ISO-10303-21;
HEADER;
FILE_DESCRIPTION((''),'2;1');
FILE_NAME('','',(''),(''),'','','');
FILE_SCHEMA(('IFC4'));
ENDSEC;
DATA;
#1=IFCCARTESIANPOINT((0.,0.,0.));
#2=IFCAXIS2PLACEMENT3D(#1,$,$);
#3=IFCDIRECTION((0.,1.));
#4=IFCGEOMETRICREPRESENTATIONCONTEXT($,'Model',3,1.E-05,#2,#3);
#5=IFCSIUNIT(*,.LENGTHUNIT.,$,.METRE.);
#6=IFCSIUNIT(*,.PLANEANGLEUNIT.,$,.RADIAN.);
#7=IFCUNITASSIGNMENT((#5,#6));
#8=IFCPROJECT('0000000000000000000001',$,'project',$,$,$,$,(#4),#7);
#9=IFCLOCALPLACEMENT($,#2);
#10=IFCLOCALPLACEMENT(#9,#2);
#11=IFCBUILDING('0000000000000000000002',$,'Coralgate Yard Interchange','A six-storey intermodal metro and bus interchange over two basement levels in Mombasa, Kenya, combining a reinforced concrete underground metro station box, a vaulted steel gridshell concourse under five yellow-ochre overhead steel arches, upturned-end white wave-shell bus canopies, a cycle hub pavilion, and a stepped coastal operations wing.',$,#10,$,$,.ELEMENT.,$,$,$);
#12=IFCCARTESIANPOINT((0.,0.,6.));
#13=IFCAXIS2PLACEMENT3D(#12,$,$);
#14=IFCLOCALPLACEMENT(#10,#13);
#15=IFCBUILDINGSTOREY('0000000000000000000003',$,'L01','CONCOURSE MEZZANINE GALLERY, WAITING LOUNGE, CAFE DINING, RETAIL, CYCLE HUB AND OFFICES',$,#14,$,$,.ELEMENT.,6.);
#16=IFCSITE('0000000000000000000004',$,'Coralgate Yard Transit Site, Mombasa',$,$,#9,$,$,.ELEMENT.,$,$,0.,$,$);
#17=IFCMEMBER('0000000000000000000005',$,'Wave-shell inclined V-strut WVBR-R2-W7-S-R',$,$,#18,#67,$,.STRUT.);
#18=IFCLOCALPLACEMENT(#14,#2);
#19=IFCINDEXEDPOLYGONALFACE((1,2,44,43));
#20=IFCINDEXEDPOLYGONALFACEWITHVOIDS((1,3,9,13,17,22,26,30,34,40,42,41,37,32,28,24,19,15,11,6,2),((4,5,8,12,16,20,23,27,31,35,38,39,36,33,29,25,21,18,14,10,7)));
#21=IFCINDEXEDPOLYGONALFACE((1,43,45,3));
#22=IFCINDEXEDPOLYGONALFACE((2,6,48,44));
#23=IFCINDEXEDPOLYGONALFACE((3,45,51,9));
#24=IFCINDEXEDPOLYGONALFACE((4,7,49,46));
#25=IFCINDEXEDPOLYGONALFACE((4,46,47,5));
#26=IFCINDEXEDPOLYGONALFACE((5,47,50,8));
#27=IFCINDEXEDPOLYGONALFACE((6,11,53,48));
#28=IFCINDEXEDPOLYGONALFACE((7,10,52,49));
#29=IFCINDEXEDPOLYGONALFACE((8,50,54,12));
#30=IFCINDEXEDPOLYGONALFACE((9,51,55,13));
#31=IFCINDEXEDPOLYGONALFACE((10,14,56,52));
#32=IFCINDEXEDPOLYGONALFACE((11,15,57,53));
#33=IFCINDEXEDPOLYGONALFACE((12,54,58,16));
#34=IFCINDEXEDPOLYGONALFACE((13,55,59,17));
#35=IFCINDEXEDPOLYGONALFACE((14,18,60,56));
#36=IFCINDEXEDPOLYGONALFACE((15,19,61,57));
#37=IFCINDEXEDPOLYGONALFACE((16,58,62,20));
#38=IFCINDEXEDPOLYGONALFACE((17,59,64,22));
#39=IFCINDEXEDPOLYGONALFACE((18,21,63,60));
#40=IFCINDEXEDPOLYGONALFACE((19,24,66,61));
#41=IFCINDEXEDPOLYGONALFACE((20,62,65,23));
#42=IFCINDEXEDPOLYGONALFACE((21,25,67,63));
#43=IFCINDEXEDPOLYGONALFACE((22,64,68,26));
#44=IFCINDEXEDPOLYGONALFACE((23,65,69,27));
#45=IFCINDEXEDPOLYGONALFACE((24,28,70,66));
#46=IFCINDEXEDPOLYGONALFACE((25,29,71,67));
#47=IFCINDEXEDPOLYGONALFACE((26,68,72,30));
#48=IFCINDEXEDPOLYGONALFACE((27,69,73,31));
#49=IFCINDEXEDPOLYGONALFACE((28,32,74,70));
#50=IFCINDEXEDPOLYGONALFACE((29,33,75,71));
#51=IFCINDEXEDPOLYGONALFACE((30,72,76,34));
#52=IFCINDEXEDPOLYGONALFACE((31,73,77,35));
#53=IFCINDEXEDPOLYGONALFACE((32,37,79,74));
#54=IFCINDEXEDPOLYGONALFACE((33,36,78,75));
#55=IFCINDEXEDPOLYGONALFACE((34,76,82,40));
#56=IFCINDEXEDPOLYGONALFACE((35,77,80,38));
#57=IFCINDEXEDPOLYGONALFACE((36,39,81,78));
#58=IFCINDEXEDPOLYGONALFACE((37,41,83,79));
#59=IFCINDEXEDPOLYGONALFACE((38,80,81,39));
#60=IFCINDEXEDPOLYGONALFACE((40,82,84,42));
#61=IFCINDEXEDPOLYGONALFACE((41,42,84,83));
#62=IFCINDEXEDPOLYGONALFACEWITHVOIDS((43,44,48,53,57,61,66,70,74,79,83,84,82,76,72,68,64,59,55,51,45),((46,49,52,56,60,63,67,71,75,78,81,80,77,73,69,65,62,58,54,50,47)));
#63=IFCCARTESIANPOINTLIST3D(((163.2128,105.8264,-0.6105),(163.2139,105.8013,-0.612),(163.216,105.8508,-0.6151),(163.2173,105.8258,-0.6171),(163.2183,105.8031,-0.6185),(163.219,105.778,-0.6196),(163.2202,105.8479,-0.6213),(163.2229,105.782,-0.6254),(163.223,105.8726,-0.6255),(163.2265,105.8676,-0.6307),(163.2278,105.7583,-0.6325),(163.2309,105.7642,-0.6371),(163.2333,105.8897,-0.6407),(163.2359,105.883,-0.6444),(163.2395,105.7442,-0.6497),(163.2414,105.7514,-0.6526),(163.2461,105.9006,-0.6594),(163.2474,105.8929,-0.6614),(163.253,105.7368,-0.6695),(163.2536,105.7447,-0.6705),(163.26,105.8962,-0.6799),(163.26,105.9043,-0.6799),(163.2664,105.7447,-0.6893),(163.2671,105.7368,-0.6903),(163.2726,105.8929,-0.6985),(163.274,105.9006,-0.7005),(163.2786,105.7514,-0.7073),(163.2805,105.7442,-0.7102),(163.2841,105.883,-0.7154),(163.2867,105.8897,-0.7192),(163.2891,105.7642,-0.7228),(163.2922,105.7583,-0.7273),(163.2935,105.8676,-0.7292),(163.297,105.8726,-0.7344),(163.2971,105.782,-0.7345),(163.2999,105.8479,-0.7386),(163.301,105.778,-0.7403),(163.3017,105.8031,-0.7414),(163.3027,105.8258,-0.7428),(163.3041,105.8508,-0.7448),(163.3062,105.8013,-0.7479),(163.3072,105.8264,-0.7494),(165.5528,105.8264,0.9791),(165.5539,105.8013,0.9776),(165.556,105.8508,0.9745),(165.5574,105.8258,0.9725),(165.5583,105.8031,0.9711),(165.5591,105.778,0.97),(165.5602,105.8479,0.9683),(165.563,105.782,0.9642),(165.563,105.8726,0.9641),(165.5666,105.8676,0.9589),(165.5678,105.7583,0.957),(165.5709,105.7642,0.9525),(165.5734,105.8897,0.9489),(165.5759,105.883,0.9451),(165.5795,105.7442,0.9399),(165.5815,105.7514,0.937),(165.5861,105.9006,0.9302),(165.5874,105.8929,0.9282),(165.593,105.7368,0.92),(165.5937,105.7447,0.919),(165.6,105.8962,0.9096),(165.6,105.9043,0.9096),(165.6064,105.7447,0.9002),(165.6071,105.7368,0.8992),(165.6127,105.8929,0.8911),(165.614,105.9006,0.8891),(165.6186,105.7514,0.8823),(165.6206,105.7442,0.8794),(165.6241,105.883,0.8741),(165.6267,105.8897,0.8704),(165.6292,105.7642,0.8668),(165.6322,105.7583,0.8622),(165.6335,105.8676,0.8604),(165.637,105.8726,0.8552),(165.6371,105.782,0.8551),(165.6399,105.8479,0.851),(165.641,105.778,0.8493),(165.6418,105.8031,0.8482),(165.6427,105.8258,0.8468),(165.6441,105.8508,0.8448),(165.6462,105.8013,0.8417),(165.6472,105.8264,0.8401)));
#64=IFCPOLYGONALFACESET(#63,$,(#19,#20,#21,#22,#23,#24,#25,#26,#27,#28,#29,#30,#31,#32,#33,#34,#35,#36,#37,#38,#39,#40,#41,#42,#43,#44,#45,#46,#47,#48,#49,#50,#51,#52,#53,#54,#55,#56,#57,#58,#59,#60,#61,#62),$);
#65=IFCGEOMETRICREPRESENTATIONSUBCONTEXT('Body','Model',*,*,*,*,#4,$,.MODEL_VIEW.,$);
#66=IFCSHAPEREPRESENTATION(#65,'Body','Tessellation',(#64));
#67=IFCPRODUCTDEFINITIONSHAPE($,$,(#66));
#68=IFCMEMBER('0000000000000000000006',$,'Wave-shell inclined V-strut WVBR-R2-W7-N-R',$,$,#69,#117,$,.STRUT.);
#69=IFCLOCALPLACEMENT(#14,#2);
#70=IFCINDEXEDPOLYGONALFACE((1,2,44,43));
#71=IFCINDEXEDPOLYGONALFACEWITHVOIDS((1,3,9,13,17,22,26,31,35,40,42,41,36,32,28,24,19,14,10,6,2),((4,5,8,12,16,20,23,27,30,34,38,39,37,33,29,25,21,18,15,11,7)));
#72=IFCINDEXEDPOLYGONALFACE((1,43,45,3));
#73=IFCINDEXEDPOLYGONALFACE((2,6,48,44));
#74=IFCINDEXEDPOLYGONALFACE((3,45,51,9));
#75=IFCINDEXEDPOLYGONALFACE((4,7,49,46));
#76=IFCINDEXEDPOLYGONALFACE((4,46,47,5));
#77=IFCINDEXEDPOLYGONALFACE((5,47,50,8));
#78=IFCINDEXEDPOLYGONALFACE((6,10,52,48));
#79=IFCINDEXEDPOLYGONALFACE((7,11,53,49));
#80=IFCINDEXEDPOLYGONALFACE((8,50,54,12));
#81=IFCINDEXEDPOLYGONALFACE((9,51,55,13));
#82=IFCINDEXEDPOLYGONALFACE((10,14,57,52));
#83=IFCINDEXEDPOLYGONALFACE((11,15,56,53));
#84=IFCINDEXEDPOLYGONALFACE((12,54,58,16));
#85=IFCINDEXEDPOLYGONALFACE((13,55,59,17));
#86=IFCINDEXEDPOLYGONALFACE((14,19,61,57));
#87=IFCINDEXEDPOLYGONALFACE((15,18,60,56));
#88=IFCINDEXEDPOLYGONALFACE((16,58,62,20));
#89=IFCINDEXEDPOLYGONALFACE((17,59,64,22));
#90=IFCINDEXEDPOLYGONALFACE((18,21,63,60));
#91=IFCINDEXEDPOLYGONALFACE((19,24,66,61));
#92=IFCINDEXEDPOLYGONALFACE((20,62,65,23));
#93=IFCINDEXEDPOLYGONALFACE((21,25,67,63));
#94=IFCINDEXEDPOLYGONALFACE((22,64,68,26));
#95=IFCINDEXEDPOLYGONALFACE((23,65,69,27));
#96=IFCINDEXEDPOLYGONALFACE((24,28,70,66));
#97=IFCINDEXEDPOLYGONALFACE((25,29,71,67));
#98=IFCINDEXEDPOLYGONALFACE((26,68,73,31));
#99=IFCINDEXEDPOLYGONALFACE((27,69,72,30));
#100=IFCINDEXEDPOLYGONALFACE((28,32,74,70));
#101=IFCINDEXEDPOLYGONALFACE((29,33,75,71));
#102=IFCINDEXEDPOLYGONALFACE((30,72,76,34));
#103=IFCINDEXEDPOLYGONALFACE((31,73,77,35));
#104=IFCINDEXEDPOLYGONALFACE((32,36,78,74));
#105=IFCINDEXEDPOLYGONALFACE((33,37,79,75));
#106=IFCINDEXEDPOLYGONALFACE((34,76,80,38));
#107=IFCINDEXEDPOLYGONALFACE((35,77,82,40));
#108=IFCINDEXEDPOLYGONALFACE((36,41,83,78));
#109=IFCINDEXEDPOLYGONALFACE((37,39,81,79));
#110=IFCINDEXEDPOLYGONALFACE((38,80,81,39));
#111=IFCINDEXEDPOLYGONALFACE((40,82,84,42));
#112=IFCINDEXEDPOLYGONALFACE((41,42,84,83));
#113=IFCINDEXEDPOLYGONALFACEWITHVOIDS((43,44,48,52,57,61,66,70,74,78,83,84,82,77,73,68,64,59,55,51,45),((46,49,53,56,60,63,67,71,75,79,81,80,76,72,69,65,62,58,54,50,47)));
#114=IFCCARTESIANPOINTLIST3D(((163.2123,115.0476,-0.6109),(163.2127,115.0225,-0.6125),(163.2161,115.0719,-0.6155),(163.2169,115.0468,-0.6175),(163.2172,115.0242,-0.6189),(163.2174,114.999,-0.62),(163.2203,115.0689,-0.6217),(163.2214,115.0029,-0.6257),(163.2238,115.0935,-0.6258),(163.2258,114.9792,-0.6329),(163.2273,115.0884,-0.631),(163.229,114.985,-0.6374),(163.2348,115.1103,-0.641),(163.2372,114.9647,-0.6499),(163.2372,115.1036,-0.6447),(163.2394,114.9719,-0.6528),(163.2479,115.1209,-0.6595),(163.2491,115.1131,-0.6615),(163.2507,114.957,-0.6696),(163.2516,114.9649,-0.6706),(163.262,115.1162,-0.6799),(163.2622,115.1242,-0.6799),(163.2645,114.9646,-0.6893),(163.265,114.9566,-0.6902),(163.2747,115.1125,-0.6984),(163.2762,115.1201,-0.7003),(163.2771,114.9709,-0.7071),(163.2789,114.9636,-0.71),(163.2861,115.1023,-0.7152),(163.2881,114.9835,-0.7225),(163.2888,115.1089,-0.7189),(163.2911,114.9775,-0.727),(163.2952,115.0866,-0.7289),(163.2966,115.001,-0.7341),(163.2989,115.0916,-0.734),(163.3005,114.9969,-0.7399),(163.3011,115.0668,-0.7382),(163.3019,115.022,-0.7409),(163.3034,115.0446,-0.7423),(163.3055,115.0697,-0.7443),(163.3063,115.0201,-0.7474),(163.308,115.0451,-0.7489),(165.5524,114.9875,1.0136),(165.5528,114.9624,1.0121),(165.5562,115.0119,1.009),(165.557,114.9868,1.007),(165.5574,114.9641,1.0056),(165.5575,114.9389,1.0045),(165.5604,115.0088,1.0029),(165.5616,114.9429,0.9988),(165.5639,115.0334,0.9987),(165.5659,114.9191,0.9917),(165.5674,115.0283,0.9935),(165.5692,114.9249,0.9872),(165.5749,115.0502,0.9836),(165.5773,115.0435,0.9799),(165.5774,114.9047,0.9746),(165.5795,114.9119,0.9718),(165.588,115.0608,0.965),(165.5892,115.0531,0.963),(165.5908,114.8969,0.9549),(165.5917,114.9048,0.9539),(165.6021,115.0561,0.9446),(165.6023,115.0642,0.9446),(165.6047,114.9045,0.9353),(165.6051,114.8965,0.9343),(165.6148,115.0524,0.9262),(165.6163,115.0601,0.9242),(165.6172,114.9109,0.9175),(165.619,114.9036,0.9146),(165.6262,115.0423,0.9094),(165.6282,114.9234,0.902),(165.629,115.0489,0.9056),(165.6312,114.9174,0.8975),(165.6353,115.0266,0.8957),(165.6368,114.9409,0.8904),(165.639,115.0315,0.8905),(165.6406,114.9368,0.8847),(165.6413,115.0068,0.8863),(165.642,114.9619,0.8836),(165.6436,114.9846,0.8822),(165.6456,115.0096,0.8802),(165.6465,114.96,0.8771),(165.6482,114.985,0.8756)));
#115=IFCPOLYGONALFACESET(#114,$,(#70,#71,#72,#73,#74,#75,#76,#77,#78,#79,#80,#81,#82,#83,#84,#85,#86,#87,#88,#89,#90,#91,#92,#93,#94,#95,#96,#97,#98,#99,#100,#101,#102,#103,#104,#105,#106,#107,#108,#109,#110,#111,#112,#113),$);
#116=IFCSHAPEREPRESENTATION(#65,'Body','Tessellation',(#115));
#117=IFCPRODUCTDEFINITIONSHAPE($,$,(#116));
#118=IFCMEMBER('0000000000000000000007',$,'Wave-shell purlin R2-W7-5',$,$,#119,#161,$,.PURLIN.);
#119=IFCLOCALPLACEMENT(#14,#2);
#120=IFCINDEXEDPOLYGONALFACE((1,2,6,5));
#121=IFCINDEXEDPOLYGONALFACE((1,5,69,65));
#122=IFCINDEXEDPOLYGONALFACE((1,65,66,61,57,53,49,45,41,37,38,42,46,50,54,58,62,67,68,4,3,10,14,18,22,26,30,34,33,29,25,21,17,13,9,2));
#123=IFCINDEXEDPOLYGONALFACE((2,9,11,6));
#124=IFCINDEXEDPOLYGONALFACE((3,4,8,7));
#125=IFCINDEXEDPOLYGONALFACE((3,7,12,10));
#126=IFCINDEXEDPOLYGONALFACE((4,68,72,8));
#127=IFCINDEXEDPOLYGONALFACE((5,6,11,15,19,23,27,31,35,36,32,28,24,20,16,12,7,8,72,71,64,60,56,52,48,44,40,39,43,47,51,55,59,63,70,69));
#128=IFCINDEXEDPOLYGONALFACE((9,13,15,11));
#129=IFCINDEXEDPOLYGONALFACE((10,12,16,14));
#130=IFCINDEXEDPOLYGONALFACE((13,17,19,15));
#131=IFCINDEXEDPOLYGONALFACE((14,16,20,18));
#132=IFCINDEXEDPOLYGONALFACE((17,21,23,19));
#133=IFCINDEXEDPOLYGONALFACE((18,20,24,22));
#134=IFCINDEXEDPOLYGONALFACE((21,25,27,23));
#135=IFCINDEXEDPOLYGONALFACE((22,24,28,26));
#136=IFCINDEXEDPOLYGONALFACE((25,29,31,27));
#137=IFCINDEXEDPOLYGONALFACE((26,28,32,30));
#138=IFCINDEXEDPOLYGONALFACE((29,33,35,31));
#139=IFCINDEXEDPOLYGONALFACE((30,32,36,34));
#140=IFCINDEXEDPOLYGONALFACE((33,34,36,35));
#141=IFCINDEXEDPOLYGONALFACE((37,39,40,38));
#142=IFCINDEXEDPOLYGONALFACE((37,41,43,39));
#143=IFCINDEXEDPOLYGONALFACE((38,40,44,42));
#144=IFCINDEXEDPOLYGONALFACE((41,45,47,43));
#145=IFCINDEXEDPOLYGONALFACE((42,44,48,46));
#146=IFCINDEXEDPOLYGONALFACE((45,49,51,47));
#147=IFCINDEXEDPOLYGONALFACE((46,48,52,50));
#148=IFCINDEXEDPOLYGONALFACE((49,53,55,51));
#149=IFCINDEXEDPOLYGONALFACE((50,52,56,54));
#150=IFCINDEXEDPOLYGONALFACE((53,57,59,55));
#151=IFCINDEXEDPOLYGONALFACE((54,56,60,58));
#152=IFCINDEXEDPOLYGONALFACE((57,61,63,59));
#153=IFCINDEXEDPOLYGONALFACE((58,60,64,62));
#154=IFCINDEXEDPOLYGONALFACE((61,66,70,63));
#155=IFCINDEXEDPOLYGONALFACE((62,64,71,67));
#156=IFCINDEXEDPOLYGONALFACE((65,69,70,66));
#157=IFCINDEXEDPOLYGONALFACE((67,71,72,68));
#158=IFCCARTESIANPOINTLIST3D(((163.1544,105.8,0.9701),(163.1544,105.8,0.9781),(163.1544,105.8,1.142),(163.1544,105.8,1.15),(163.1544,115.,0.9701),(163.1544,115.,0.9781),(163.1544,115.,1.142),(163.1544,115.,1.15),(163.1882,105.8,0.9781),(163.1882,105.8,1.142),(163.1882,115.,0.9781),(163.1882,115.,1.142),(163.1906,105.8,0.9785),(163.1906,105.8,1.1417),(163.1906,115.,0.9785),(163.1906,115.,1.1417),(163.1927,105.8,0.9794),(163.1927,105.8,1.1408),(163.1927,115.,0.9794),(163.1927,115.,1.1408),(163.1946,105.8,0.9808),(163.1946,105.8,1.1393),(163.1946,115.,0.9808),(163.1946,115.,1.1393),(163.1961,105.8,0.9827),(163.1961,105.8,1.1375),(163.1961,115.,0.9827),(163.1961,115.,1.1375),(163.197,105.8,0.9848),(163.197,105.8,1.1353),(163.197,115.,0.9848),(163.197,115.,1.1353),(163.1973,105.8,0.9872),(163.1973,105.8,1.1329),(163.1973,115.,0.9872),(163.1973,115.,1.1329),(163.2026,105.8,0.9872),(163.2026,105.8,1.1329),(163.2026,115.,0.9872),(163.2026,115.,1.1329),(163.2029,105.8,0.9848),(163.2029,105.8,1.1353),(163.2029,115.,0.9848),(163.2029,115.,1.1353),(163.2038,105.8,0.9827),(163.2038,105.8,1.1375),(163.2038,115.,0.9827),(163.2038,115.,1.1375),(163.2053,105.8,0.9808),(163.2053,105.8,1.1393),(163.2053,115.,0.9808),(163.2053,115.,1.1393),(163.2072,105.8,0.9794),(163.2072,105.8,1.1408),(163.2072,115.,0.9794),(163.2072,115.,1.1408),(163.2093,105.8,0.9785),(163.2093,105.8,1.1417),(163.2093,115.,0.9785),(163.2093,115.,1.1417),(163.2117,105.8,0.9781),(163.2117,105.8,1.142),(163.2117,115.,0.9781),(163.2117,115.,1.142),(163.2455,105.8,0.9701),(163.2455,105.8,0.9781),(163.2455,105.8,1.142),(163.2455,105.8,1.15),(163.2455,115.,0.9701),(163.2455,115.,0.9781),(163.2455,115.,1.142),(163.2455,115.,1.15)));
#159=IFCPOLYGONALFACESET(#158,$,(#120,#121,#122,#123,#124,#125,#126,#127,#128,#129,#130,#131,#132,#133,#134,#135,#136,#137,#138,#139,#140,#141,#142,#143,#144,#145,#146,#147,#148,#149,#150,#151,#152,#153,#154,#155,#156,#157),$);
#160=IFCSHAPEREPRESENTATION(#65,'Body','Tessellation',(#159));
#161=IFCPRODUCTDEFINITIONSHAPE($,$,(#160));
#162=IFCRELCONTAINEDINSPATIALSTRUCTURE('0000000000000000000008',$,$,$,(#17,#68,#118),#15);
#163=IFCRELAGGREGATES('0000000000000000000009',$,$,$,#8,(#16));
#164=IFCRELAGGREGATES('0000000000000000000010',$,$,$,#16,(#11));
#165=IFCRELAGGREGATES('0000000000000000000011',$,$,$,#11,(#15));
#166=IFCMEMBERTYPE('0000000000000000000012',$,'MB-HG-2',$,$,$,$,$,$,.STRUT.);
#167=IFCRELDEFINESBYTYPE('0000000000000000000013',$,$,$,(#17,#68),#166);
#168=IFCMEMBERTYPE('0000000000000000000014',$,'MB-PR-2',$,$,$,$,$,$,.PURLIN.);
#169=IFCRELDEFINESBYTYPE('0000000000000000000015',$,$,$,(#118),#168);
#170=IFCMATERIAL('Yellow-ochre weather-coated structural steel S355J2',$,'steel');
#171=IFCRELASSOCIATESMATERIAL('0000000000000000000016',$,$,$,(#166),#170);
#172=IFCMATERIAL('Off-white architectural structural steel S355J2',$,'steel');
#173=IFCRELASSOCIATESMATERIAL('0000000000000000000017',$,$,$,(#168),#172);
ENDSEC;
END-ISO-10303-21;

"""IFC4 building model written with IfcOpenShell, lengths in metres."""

from ifc_helpers import new_model, si_unit, direction, frame, origin, origin_2d, place, context, subcontext, project, spatial, hollow_circle, i_section, extrude, material, material_profile, profile_set, type_object, element, save


model = new_model("IFC4")

# Units and contexts
model_context = context("Model", 3, precision=1e-05, world=origin(), true_north=direction((0.0, 1.0)))
body_context = subcontext(model_context, "Body", "Model", "MODEL_VIEW")
ifc_project = project(units=[si_unit("LENGTHUNIT", "METRE"), si_unit("PLANEANGLEUNIT", "RADIAN")], contexts=[model_context])

# Site, building, storey
site_placement = place(None, origin())
site = spatial("IfcSite", under=ifc_project, at=site_placement, Name="Coralgate Yard Transit Site, Mombasa", CompositionType="ELEMENT", RefElevation=0.0)
building_placement = place(site_placement, origin())
building = spatial("IfcBuilding", under=site, at=building_placement, Name="Coralgate Yard Interchange", Description="A six-storey intermodal metro and bus interchange over two basement levels in Mombasa, Kenya, combining a reinforced concrete underground metro station box, a vaulted steel gridshell concourse under five yellow-ochre overhead steel arches, upturned-end white wave-shell bus canopies, a cycle hub pavilion, and a stepped coastal operations wing.", CompositionType="ELEMENT")
storey_placement = place(building_placement, frame((0.0, 0.0, 6.0)))
storey = spatial("IfcBuildingStorey", under=building, at=storey_placement, Name="L01", Description="CONCOURSE MEZZANINE GALLERY, WAITING LOUNGE, CAFE DINING, RETAIL, CYCLE HUB AND OFFICES", CompositionType="ELEMENT", Elevation=6.0)

# Shared definitions
ifc_material_1 = material(Name="Off-white architectural structural steel S355J2", Category="steel")

# Members
ifc_material_2 = material(Name="Yellow-ochre weather-coated structural steel S355J2", Category="steel")
ifc_material_profile_1 = material_profile(ifc_material_2, hollow_circle(Radius=0.0842, WallThickness=0.0081, at=origin_2d()), Name="CHS 168.3x8")
ifc_profile_set_1 = profile_set([ifc_material_profile_1], Name="Yellow-ochre weather-coated structural steel S355J2")
member_type_1 = type_object("IfcMemberType", Name="MB-HG-2", PredefinedType="STRUT", material=ifc_profile_set_1)
member_1_placement = place(storey_placement, frame((163.26, 105.8201, -0.6799), z_axis=(0.827199, 0.0, 0.561909), x_axis=(0.0, 1.0, 0.0)))
element("IfcMember", 1, at=member_1_placement, inside=storey, type_object=member_type_1, Name="Wave-shell inclined V-strut WVBR-R2-W7-S-R", PredefinedType="STRUT", context=body_context, shape_type="SweptSolid", body=[
    extrude(hollow_circle(Radius=0.0842, WallThickness=0.0081, at=origin_2d()), origin(), (0.0, 0.0, 1.0), 2.8289),
])
member_2_placement = place(storey_placement, frame((163.26, 115.04, -0.6799), z_axis=(0.821278, -0.021078, 0.570139), x_axis=(0.025657, 0.999671, 0.0)))
element("IfcMember", 2, at=member_2_placement, inside=storey, type_object=member_type_1, Name="Wave-shell inclined V-strut WVBR-R2-W7-N-R", PredefinedType="STRUT", context=body_context, shape_type="SweptSolid", body=[
    extrude(hollow_circle(Radius=0.0842, WallThickness=0.0081, at=origin_2d()), origin(), (0.0, 0.0, 1.0), 2.8494),
])
ifc_material_profile_2 = material_profile(ifc_material_1, i_section(OverallWidth=0.0911, OverallDepth=0.1799, WebThickness=0.0054, FlangeThickness=0.0081, FilletRadius=0.009, at=origin_2d()), Name="IPE 180")
ifc_profile_set_2 = profile_set([ifc_material_profile_2], Name="Off-white architectural structural steel S355J2")
member_type_2 = type_object("IfcMemberType", Name="MB-PR-2", PredefinedType="PURLIN", material=ifc_profile_set_2)
for number, where, z_axis, x_axis, name in (
    (3, (163.2, 105.8, 1.0601), (0.0, 1.0, 0.0), (-1.0, 0.0, 0.0), "Wave-shell purlin R2-W7-5"),
):
    element("IfcMember", number, at=place(storey_placement, frame(where, z_axis=z_axis, x_axis=x_axis)), inside=storey, type_object=member_type_2, Name=name, PredefinedType="PURLIN", context=body_context, shape_type="SweptSolid", body=[
        extrude(i_section(OverallWidth=0.0911, OverallDepth=0.1799, WebThickness=0.0054, FlangeThickness=0.0081, FilletRadius=0.009, at=origin_2d()), origin(), (0.0, 0.0, 1.0), 9.2),
    ])

save(model, "model.ifc")
